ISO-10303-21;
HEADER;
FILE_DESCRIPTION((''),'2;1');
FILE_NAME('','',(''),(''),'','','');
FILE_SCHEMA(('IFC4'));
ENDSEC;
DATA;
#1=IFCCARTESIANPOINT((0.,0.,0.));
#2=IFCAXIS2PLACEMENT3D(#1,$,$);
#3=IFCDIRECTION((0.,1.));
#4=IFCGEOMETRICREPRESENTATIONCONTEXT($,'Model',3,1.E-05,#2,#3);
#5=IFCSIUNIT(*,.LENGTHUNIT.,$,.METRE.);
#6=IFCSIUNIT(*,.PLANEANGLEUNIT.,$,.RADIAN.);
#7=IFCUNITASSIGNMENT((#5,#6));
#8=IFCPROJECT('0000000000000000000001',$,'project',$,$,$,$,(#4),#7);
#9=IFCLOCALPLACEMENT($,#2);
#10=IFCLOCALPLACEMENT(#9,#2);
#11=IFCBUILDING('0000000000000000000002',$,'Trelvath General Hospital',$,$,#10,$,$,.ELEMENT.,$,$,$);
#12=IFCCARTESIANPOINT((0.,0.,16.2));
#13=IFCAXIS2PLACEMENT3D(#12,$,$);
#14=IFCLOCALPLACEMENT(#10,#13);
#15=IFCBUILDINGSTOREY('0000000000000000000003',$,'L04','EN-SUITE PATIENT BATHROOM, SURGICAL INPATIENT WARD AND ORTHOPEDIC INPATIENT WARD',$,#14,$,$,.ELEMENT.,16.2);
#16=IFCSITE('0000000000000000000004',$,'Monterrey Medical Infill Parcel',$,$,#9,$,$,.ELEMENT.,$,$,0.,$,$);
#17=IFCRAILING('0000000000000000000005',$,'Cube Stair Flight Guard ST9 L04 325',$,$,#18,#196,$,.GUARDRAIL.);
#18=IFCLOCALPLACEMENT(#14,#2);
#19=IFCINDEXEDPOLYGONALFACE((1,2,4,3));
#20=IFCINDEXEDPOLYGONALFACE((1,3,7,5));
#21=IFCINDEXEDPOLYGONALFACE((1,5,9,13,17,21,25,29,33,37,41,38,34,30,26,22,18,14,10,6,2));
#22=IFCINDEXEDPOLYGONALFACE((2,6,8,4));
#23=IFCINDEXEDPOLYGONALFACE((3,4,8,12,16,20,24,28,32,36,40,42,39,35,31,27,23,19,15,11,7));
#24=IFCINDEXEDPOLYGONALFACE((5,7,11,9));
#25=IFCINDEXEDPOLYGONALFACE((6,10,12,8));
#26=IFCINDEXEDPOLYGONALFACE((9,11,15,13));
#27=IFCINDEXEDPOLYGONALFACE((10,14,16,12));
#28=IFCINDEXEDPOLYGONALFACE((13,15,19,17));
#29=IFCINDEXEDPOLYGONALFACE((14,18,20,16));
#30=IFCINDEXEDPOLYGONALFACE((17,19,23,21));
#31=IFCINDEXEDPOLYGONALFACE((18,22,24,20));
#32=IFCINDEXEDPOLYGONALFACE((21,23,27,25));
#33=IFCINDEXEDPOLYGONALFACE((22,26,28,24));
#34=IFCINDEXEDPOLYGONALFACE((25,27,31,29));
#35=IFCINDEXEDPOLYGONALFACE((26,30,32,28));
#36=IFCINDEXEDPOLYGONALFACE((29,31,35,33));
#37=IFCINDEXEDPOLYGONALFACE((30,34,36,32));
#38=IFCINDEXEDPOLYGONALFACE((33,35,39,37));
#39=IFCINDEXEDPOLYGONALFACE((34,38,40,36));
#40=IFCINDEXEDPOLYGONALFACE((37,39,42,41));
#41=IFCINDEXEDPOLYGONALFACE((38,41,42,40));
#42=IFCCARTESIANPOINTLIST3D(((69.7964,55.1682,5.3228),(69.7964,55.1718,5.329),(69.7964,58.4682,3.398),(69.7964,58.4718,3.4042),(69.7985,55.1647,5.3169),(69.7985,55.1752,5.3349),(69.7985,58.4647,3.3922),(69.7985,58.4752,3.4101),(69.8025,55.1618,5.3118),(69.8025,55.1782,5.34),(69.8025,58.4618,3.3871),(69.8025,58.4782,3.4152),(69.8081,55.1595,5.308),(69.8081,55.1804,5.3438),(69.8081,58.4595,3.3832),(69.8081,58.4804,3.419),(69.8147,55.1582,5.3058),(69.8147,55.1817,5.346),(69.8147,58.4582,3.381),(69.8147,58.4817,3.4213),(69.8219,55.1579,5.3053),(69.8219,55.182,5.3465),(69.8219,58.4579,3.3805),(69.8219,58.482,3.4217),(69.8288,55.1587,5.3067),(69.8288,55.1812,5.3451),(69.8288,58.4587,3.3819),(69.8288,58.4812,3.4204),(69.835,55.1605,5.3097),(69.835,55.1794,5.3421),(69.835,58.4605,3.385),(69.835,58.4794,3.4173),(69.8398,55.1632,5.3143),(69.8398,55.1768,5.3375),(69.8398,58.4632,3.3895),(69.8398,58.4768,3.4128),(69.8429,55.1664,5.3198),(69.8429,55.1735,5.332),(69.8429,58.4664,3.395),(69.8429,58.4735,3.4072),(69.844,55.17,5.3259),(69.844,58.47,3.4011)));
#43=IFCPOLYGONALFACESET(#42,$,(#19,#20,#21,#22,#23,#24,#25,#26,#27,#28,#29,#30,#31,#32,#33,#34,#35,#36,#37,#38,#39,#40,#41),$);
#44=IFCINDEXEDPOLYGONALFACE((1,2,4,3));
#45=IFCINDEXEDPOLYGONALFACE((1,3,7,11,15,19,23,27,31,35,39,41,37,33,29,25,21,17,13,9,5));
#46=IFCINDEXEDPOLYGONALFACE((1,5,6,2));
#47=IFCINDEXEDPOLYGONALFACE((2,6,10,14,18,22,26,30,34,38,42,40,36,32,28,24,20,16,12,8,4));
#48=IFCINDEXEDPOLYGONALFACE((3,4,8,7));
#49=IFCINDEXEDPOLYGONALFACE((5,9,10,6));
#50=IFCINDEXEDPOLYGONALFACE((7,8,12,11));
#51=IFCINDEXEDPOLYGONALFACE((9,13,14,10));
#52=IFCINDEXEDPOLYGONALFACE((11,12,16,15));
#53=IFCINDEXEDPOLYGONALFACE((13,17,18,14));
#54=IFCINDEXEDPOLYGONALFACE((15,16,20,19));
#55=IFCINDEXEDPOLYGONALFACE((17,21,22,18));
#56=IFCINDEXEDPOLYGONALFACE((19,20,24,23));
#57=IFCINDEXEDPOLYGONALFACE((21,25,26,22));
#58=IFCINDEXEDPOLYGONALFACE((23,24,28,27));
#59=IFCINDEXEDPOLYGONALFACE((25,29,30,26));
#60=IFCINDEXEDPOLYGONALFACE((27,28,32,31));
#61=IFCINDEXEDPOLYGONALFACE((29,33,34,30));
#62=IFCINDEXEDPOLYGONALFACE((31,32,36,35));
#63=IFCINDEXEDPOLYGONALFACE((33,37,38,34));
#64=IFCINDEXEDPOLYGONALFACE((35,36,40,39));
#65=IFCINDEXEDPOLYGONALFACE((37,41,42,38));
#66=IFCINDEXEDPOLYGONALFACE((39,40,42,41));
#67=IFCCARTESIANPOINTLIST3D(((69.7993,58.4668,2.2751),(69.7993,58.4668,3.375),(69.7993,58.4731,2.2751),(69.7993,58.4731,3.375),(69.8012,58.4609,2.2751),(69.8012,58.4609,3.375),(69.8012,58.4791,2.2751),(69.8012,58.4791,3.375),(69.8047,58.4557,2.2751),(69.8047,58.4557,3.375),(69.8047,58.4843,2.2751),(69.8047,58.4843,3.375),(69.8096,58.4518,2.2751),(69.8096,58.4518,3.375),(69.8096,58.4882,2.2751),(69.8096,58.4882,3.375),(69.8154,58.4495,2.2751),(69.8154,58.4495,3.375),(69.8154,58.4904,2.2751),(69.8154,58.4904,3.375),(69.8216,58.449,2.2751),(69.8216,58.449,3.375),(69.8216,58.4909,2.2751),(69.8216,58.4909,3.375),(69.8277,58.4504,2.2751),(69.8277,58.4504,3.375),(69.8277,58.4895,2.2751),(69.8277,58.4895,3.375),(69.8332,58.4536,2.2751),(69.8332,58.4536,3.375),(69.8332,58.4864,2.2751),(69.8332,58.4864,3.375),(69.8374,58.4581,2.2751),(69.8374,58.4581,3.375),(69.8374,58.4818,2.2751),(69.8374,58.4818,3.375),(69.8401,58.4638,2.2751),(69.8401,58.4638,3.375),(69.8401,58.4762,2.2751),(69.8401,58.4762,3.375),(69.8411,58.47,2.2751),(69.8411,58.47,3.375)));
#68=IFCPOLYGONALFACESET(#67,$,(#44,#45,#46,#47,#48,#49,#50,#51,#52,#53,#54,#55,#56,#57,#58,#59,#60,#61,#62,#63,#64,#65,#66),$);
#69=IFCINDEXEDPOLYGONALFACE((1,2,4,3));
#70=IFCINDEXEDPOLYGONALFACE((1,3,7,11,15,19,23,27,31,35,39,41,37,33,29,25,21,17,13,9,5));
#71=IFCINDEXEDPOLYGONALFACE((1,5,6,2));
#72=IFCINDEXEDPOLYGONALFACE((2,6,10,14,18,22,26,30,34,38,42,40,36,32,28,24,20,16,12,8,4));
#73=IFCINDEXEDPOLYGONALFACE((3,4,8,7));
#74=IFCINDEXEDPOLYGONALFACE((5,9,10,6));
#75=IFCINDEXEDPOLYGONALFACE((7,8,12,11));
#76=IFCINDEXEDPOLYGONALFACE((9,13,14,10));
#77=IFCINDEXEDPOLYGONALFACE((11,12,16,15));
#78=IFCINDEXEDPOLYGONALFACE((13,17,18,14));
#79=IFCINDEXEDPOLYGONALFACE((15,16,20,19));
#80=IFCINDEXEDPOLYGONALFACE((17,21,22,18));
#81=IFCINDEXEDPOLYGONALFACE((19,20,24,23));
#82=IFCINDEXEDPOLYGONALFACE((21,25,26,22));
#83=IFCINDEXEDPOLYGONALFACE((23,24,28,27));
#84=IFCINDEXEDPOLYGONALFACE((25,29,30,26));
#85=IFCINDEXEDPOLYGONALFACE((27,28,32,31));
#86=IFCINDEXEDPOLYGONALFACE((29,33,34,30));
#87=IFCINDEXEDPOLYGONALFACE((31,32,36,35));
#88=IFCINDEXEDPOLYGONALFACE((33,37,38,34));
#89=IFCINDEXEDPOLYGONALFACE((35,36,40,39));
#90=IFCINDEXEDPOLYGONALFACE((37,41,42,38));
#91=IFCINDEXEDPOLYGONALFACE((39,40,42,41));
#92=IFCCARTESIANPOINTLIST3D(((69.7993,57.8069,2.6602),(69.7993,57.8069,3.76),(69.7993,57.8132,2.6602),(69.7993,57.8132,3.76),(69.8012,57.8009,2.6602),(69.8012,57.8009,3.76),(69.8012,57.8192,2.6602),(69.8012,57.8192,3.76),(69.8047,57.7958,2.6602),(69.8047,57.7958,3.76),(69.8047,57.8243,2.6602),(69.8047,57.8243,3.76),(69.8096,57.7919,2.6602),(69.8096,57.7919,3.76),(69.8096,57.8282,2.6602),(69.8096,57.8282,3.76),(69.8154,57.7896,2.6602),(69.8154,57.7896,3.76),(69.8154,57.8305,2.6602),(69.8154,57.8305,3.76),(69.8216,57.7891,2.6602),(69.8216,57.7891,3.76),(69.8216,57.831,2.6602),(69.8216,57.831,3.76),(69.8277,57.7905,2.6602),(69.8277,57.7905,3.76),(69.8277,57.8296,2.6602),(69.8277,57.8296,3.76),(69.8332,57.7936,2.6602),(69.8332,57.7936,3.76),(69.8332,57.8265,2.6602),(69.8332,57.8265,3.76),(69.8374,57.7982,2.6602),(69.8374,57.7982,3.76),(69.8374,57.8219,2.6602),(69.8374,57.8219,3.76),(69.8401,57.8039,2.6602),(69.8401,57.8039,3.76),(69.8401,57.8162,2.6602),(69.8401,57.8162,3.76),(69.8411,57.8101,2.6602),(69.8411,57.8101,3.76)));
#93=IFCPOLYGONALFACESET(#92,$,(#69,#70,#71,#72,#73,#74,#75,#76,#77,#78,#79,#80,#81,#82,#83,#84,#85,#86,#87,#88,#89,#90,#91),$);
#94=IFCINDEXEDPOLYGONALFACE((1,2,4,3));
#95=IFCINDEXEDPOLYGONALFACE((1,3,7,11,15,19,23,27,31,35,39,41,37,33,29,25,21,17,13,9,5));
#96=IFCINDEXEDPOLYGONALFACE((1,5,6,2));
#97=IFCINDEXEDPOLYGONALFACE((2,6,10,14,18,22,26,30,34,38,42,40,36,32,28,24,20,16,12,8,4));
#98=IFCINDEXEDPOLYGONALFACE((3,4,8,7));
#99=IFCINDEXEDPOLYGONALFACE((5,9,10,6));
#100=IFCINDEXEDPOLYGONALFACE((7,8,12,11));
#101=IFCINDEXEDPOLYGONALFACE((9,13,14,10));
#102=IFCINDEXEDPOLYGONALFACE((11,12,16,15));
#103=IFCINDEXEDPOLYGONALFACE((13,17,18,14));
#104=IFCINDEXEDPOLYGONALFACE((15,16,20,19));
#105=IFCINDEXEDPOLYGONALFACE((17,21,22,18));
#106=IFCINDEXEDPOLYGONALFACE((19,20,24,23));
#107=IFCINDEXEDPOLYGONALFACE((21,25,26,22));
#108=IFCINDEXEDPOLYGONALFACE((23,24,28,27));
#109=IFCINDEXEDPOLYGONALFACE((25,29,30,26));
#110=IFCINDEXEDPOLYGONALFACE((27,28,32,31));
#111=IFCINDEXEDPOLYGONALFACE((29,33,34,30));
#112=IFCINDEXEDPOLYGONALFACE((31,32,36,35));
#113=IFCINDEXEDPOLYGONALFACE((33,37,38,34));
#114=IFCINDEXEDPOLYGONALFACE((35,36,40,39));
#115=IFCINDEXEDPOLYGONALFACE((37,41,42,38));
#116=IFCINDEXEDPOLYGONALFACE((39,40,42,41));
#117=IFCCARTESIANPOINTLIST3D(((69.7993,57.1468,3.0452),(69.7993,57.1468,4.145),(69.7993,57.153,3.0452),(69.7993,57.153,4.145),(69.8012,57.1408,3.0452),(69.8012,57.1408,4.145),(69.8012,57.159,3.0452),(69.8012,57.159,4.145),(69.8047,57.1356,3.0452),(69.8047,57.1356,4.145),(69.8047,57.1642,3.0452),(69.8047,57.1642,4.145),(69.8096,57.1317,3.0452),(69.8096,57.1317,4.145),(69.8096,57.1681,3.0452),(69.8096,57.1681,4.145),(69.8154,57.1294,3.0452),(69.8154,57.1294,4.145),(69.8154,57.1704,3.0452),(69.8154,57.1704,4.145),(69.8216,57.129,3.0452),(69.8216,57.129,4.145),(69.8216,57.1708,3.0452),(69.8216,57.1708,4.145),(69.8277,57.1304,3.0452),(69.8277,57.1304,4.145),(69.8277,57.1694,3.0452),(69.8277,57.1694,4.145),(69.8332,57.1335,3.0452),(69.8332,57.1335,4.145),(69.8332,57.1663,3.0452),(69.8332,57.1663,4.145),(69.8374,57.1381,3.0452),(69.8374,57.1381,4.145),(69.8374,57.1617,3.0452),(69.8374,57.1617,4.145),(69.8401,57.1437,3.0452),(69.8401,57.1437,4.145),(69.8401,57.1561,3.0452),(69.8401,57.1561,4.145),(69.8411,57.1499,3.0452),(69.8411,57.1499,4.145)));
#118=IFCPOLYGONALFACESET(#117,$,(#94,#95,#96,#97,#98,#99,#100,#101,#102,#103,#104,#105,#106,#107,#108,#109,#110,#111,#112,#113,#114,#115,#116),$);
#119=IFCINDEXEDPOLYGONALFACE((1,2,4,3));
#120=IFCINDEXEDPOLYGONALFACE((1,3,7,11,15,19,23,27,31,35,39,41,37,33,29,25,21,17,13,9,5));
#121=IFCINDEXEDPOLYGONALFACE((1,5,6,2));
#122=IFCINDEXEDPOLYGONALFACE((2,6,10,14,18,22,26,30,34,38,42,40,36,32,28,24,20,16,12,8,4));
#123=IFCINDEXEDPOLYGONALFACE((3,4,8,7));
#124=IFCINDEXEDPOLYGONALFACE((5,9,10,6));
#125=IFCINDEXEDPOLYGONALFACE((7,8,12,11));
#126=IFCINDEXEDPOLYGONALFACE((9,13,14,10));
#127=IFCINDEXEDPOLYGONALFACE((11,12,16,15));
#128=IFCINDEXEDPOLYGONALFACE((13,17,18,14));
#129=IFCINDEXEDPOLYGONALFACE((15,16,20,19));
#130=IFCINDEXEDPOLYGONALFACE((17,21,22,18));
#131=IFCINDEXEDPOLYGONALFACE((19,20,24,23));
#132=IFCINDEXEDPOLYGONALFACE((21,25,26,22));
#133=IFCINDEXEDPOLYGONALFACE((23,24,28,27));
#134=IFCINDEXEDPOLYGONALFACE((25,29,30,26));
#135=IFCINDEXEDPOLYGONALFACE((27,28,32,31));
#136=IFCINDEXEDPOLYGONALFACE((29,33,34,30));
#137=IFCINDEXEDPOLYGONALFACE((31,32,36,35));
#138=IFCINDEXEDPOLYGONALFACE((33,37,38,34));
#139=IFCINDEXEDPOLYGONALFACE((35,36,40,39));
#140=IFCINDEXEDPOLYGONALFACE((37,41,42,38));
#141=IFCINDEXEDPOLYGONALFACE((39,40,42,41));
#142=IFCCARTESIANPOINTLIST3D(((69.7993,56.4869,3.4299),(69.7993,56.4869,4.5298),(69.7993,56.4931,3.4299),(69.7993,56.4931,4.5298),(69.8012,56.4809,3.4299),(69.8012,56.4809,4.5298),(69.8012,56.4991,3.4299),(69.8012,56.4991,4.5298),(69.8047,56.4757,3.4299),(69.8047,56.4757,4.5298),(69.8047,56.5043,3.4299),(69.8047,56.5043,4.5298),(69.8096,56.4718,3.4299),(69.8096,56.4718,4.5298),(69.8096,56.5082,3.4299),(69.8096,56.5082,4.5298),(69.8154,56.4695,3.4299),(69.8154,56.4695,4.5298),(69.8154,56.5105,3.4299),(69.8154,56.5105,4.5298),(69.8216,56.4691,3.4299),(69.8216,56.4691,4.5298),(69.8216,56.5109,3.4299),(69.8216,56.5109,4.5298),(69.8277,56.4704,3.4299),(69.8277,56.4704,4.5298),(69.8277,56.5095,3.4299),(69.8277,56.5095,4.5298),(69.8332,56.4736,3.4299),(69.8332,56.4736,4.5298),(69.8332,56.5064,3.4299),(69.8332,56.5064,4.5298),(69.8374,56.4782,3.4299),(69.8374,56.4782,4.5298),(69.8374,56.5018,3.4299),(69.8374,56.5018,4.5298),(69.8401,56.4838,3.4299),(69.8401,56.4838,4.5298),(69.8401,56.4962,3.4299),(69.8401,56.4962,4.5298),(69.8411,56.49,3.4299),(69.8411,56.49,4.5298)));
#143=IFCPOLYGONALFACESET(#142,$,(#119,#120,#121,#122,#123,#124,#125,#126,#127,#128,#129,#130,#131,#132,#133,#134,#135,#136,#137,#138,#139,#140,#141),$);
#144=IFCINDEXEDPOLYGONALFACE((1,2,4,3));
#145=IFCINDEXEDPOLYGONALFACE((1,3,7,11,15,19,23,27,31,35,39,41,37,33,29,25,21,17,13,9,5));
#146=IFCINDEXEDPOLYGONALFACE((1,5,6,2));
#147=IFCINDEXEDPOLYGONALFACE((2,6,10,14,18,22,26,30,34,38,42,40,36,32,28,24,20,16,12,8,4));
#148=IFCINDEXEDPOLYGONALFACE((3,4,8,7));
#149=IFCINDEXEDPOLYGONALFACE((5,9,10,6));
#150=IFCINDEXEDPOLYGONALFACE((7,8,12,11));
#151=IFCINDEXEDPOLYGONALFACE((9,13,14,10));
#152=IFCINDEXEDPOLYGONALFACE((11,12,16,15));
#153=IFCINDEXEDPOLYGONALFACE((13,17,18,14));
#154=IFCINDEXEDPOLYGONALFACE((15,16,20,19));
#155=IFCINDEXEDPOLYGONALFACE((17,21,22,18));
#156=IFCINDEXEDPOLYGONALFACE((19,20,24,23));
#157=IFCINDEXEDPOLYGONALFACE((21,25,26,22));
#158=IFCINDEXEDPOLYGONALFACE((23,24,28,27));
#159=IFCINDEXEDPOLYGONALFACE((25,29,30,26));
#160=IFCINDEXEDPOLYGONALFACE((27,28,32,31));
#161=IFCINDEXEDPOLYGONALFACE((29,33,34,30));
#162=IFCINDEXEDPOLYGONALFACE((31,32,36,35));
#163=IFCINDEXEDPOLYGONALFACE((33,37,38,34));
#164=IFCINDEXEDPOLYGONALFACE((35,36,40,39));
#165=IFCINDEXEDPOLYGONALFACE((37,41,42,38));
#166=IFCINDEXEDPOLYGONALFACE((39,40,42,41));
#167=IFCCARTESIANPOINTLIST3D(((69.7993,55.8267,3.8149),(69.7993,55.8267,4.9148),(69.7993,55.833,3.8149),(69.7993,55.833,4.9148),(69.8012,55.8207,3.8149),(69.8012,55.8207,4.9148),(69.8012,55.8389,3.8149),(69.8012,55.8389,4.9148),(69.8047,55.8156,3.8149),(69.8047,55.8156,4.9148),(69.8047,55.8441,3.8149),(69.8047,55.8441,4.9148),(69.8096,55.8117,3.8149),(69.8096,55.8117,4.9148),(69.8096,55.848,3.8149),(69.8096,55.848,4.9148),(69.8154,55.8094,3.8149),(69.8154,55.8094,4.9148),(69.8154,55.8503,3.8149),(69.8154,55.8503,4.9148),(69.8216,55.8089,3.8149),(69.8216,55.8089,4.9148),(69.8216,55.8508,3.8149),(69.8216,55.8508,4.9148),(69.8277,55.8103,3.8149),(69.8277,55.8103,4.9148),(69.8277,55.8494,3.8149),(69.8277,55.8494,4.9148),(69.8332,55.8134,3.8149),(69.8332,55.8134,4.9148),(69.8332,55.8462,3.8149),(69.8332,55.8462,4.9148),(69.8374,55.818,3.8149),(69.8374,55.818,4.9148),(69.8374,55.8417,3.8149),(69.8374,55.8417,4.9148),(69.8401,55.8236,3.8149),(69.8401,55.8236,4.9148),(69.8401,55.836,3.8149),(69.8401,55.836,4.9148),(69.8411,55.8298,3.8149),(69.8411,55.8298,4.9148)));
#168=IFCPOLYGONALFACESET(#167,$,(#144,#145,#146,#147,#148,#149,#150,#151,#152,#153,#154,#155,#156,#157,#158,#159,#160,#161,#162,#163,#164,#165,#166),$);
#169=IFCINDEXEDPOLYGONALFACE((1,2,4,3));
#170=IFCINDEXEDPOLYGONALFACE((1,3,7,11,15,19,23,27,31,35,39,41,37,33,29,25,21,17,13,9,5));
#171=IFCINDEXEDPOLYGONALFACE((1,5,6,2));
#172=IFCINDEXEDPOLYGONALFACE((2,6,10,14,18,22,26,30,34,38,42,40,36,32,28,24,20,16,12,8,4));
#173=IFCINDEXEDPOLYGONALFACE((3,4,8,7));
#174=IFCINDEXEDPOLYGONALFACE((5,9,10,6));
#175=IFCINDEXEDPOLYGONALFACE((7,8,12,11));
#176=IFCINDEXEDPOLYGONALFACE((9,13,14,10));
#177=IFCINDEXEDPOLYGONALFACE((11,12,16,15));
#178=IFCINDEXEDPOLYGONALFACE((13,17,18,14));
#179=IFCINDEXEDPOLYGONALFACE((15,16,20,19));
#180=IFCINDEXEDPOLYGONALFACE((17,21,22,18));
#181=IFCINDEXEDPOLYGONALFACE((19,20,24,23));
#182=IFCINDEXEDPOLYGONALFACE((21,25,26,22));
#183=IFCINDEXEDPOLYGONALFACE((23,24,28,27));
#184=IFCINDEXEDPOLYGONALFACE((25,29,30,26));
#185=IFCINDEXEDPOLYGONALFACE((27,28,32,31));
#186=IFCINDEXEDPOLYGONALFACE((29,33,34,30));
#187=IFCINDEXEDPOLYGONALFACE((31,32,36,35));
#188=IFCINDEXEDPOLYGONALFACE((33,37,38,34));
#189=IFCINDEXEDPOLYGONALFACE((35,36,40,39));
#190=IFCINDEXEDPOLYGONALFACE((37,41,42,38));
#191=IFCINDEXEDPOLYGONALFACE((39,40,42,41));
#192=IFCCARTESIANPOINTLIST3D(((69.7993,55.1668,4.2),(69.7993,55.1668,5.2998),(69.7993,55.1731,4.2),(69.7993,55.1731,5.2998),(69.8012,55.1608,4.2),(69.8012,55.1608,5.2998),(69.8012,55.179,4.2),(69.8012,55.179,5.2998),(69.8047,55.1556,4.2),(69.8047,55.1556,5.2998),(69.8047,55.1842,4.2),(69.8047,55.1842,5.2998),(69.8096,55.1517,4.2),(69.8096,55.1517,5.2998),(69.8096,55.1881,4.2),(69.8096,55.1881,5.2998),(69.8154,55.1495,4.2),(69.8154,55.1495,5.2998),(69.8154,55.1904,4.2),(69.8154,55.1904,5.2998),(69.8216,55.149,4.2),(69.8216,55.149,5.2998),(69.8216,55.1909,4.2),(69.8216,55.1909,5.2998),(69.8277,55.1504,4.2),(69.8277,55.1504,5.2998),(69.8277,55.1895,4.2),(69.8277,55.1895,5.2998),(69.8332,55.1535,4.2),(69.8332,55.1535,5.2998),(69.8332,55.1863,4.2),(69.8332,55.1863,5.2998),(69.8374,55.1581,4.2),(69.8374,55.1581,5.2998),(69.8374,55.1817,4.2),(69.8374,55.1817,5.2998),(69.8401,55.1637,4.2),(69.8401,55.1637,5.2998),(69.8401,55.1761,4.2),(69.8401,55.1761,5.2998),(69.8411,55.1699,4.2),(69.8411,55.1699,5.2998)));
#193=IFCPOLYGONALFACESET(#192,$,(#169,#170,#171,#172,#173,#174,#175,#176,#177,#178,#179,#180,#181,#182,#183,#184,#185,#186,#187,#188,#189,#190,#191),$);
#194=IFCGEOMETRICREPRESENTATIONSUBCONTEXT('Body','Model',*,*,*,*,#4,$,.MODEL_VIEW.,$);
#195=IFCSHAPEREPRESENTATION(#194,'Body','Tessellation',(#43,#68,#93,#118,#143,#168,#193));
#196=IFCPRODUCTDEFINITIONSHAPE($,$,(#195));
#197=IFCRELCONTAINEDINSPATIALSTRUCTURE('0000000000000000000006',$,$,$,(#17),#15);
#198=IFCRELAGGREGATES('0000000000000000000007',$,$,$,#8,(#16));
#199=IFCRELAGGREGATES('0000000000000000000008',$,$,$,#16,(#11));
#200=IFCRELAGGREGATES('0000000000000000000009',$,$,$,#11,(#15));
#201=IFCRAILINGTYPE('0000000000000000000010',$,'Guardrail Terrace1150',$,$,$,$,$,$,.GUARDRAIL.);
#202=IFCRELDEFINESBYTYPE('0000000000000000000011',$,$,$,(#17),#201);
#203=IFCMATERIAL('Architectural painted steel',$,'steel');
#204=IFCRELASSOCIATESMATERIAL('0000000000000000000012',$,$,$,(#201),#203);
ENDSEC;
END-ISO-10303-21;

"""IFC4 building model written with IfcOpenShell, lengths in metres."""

from ifc_helpers import new_model, si_unit, direction, frame, origin, origin_2d, place, context, subcontext, project, spatial, circle, extrude, material, type_object, element, save


model = new_model("IFC4")

# Units and contexts
model_context = context("Model", 3, precision=1e-05, world=origin(), true_north=direction((0.0, 1.0)))
body_context = subcontext(model_context, "Body", "Model", "MODEL_VIEW")
ifc_project = project(units=[si_unit("LENGTHUNIT", "METRE"), si_unit("PLANEANGLEUNIT", "RADIAN")], contexts=[model_context])

# Site, building, storey
site_placement = place(None, origin())
site = spatial("IfcSite", under=ifc_project, at=site_placement, Name="Monterrey Medical Infill Parcel", CompositionType="ELEMENT", RefElevation=0.0)
building_placement = place(site_placement, origin())
building = spatial("IfcBuilding", under=site, at=building_placement, Name="Trelvath General Hospital", CompositionType="ELEMENT")
storey_placement = place(building_placement, frame((0.0, 0.0, 16.2)))
storey = spatial("IfcBuildingStorey", under=building, at=storey_placement, Name="L04", Description="EN-SUITE PATIENT BATHROOM, SURGICAL INPATIENT WARD AND ORTHOPEDIC INPATIENT WARD", CompositionType="ELEMENT", Elevation=16.2)

# Railing
ifc_material_1 = material(Name="Architectural painted steel", Category="steel")
railing_type = type_object("IfcRailingType", Name="Guardrail Terrace1150", PredefinedType="GUARDRAIL", material=ifc_material_1)
railing_1_placement = place(storey_placement, frame((69.8201, 58.47, 2.2751)))
element("IfcRailing", 1, at=railing_1_placement, inside=storey, type_object=railing_type, Name="Cube Stair Flight Guard ST9 L04 325", PredefinedType="GUARDRAIL", context=body_context, shape_type="SweptSolid", body=[
    extrude(circle(Radius=0.0239, at=origin_2d()), frame((0.0, 0.0, 1.126), z_axis=(0.0, -0.863804, 0.503827), x_axis=(1.0, 0.0, 0.0)), (0.0, 0.0, 1.0), 3.8203),
    extrude(circle(Radius=0.021, at=origin_2d()), origin(), (0.0, 0.0, 1.0), 1.0999),
    extrude(circle(Radius=0.021, at=origin_2d()), frame((0.0, -0.6599, 0.385)), (0.0, 0.0, 1.0), 1.0999),
    extrude(circle(Radius=0.021, at=origin_2d()), frame((0.0, -1.3201, 0.77)), (0.0, 0.0, 1.0), 1.0999),
    extrude(circle(Radius=0.021, at=origin_2d()), frame((0.0, -1.98, 1.1548)), (0.0, 0.0, 1.0), 1.0999),
    extrude(circle(Radius=0.021, at=origin_2d()), frame((0.0, -2.6401, 1.5398)), (0.0, 0.0, 1.0), 1.0999),
    extrude(circle(Radius=0.021, at=origin_2d()), frame((0.0, -3.3, 1.9248)), (0.0, 0.0, 1.0), 1.0999),
])

save(model, "model.ifc")
